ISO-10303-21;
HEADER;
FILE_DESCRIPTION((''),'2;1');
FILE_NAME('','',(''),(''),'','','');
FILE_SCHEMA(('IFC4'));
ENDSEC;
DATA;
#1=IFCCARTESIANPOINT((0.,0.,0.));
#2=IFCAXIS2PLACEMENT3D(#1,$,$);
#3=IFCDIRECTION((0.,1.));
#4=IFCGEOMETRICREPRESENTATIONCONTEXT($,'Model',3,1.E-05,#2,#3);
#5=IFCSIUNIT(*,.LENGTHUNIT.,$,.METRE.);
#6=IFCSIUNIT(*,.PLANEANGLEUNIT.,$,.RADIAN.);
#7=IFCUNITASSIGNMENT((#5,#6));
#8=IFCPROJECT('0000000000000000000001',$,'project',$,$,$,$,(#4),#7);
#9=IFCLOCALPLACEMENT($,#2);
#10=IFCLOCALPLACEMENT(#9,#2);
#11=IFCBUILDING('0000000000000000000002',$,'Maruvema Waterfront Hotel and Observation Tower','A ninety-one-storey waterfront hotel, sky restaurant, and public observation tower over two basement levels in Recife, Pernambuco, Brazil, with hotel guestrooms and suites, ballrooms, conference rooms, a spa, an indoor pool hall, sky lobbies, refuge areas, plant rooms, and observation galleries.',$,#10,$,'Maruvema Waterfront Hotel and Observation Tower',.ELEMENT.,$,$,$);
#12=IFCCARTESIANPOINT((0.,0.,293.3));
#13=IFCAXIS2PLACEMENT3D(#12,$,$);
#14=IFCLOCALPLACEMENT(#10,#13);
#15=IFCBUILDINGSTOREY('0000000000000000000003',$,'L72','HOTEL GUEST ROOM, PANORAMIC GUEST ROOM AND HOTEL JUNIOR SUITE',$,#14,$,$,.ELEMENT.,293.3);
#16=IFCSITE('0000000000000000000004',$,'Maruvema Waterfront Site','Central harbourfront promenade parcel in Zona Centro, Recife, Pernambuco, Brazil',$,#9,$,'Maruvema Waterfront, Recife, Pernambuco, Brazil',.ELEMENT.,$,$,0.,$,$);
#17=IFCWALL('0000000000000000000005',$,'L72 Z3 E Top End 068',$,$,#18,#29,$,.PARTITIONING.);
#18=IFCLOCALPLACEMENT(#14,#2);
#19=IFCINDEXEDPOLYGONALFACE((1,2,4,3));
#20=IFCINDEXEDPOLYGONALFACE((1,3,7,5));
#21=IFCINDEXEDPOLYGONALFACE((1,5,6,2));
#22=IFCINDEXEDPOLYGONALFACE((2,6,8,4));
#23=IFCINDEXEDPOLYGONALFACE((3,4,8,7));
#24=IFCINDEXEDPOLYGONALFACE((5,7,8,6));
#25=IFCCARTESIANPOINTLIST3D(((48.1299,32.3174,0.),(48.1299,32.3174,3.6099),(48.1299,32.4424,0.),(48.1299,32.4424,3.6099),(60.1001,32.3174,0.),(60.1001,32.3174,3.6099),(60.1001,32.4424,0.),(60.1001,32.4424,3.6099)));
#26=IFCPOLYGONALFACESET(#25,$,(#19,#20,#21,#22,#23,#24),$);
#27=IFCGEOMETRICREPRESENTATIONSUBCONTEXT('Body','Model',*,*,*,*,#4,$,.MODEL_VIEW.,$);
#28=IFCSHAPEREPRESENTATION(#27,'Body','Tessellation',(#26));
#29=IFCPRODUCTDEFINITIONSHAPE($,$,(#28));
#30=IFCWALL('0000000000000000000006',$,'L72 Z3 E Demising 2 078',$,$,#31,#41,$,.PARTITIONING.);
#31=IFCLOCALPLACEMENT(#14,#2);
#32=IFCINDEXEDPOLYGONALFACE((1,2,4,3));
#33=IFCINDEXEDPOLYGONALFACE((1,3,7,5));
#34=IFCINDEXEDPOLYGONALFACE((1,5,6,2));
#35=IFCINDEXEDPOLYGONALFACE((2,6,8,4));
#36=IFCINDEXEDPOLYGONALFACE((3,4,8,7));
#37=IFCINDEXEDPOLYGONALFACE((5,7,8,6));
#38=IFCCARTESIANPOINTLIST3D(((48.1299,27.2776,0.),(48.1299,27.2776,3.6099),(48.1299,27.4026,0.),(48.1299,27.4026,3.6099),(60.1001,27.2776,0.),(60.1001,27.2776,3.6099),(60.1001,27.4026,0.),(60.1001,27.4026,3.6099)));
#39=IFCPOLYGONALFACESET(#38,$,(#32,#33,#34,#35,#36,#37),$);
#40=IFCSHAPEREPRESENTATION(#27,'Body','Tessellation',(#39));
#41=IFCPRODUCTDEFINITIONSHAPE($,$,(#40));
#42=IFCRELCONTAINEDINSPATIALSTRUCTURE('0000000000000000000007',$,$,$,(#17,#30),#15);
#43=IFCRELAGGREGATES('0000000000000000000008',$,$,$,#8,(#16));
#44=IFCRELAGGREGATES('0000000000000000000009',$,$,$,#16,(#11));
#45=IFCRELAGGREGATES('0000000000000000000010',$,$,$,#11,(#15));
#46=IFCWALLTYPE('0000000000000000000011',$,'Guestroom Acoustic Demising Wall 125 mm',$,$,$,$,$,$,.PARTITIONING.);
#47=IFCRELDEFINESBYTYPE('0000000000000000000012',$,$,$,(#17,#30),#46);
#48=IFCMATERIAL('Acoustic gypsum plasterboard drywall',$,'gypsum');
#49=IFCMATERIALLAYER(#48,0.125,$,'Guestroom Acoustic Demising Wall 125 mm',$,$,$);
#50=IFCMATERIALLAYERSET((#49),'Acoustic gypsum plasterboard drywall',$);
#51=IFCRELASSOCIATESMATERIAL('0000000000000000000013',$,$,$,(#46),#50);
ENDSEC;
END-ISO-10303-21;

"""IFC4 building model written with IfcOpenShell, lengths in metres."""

from ifc_helpers import new_model, si_unit, direction, frame, frame_2d, origin, place, context, subcontext, project, spatial, rectangle, extrude, material, layer, layer_set, type_object, element, save


model = new_model("IFC4")

# Units and contexts
model_context = context("Model", 3, precision=1e-05, world=origin(), true_north=direction((0.0, 1.0)))
body_context = subcontext(model_context, "Body", "Model", "MODEL_VIEW")
ifc_project = project(units=[si_unit("LENGTHUNIT", "METRE"), si_unit("PLANEANGLEUNIT", "RADIAN")], contexts=[model_context])

# Site, building, storey
site_placement = place(None, origin())
site = spatial("IfcSite", under=ifc_project, at=site_placement, Name="Maruvema Waterfront Site", Description="Central harbourfront promenade parcel in Zona Centro, Recife, Pernambuco, Brazil", LongName="Maruvema Waterfront, Recife, Pernambuco, Brazil", CompositionType="ELEMENT", RefElevation=0.0)
building_placement = place(site_placement, origin())
building = spatial("IfcBuilding", under=site, at=building_placement, Name="Maruvema Waterfront Hotel and Observation Tower", Description="A ninety-one-storey waterfront hotel, sky restaurant, and public observation tower over two basement levels in Recife, Pernambuco, Brazil, with hotel guestrooms and suites, ballrooms, conference rooms, a spa, an indoor pool hall, sky lobbies, refuge areas, plant rooms, and observation galleries.", LongName="Maruvema Waterfront Hotel and Observation Tower", CompositionType="ELEMENT")
storey_placement = place(building_placement, frame((0.0, 0.0, 293.3)))
storey = spatial("IfcBuildingStorey", under=building, at=storey_placement, Name="L72", Description="HOTEL GUEST ROOM, PANORAMIC GUEST ROOM AND HOTEL JUNIOR SUITE", CompositionType="ELEMENT", Elevation=293.3)

# Walls
ifc_material_1 = material(Name="Acoustic gypsum plasterboard drywall", Category="gypsum")
ifc_layer_1 = layer(ifc_material_1, 0.125, Name="Guestroom Acoustic Demising Wall 125 mm")
ifc_layer_set_1 = layer_set([ifc_layer_1], Name="Acoustic gypsum plasterboard drywall")
wall_type_1 = type_object("IfcWallType", Name="Guestroom Acoustic Demising Wall 125 mm", PredefinedType="PARTITIONING", material=ifc_layer_set_1)
for number, where, z_axis, x_axis, name in (
    (1, (48.1299, 32.3799, 0.0), (0.0, 0.0, 1.0), (1.0, 0.0, 0.0), "L72 Z3 E Top End 068"),
    (2, (48.1299, 27.3401, 0.0), (0.0, 0.0, 1.0), (1.0, 0.0, 0.0), "L72 Z3 E Demising 2 078"),
):
    element("IfcWall", number, at=place(storey_placement, frame(where, z_axis=z_axis, x_axis=x_axis)), inside=storey, type_object=wall_type_1, Name=name, PredefinedType="PARTITIONING", context=body_context, shape_type="SweptSolid", body=[
        extrude(rectangle(XDim=11.9702, YDim=0.125, at=frame_2d((5.9851, 0.0))), origin(), (0.0, 0.0, 1.0), 3.6099),
    ])

save(model, "model.ifc")
